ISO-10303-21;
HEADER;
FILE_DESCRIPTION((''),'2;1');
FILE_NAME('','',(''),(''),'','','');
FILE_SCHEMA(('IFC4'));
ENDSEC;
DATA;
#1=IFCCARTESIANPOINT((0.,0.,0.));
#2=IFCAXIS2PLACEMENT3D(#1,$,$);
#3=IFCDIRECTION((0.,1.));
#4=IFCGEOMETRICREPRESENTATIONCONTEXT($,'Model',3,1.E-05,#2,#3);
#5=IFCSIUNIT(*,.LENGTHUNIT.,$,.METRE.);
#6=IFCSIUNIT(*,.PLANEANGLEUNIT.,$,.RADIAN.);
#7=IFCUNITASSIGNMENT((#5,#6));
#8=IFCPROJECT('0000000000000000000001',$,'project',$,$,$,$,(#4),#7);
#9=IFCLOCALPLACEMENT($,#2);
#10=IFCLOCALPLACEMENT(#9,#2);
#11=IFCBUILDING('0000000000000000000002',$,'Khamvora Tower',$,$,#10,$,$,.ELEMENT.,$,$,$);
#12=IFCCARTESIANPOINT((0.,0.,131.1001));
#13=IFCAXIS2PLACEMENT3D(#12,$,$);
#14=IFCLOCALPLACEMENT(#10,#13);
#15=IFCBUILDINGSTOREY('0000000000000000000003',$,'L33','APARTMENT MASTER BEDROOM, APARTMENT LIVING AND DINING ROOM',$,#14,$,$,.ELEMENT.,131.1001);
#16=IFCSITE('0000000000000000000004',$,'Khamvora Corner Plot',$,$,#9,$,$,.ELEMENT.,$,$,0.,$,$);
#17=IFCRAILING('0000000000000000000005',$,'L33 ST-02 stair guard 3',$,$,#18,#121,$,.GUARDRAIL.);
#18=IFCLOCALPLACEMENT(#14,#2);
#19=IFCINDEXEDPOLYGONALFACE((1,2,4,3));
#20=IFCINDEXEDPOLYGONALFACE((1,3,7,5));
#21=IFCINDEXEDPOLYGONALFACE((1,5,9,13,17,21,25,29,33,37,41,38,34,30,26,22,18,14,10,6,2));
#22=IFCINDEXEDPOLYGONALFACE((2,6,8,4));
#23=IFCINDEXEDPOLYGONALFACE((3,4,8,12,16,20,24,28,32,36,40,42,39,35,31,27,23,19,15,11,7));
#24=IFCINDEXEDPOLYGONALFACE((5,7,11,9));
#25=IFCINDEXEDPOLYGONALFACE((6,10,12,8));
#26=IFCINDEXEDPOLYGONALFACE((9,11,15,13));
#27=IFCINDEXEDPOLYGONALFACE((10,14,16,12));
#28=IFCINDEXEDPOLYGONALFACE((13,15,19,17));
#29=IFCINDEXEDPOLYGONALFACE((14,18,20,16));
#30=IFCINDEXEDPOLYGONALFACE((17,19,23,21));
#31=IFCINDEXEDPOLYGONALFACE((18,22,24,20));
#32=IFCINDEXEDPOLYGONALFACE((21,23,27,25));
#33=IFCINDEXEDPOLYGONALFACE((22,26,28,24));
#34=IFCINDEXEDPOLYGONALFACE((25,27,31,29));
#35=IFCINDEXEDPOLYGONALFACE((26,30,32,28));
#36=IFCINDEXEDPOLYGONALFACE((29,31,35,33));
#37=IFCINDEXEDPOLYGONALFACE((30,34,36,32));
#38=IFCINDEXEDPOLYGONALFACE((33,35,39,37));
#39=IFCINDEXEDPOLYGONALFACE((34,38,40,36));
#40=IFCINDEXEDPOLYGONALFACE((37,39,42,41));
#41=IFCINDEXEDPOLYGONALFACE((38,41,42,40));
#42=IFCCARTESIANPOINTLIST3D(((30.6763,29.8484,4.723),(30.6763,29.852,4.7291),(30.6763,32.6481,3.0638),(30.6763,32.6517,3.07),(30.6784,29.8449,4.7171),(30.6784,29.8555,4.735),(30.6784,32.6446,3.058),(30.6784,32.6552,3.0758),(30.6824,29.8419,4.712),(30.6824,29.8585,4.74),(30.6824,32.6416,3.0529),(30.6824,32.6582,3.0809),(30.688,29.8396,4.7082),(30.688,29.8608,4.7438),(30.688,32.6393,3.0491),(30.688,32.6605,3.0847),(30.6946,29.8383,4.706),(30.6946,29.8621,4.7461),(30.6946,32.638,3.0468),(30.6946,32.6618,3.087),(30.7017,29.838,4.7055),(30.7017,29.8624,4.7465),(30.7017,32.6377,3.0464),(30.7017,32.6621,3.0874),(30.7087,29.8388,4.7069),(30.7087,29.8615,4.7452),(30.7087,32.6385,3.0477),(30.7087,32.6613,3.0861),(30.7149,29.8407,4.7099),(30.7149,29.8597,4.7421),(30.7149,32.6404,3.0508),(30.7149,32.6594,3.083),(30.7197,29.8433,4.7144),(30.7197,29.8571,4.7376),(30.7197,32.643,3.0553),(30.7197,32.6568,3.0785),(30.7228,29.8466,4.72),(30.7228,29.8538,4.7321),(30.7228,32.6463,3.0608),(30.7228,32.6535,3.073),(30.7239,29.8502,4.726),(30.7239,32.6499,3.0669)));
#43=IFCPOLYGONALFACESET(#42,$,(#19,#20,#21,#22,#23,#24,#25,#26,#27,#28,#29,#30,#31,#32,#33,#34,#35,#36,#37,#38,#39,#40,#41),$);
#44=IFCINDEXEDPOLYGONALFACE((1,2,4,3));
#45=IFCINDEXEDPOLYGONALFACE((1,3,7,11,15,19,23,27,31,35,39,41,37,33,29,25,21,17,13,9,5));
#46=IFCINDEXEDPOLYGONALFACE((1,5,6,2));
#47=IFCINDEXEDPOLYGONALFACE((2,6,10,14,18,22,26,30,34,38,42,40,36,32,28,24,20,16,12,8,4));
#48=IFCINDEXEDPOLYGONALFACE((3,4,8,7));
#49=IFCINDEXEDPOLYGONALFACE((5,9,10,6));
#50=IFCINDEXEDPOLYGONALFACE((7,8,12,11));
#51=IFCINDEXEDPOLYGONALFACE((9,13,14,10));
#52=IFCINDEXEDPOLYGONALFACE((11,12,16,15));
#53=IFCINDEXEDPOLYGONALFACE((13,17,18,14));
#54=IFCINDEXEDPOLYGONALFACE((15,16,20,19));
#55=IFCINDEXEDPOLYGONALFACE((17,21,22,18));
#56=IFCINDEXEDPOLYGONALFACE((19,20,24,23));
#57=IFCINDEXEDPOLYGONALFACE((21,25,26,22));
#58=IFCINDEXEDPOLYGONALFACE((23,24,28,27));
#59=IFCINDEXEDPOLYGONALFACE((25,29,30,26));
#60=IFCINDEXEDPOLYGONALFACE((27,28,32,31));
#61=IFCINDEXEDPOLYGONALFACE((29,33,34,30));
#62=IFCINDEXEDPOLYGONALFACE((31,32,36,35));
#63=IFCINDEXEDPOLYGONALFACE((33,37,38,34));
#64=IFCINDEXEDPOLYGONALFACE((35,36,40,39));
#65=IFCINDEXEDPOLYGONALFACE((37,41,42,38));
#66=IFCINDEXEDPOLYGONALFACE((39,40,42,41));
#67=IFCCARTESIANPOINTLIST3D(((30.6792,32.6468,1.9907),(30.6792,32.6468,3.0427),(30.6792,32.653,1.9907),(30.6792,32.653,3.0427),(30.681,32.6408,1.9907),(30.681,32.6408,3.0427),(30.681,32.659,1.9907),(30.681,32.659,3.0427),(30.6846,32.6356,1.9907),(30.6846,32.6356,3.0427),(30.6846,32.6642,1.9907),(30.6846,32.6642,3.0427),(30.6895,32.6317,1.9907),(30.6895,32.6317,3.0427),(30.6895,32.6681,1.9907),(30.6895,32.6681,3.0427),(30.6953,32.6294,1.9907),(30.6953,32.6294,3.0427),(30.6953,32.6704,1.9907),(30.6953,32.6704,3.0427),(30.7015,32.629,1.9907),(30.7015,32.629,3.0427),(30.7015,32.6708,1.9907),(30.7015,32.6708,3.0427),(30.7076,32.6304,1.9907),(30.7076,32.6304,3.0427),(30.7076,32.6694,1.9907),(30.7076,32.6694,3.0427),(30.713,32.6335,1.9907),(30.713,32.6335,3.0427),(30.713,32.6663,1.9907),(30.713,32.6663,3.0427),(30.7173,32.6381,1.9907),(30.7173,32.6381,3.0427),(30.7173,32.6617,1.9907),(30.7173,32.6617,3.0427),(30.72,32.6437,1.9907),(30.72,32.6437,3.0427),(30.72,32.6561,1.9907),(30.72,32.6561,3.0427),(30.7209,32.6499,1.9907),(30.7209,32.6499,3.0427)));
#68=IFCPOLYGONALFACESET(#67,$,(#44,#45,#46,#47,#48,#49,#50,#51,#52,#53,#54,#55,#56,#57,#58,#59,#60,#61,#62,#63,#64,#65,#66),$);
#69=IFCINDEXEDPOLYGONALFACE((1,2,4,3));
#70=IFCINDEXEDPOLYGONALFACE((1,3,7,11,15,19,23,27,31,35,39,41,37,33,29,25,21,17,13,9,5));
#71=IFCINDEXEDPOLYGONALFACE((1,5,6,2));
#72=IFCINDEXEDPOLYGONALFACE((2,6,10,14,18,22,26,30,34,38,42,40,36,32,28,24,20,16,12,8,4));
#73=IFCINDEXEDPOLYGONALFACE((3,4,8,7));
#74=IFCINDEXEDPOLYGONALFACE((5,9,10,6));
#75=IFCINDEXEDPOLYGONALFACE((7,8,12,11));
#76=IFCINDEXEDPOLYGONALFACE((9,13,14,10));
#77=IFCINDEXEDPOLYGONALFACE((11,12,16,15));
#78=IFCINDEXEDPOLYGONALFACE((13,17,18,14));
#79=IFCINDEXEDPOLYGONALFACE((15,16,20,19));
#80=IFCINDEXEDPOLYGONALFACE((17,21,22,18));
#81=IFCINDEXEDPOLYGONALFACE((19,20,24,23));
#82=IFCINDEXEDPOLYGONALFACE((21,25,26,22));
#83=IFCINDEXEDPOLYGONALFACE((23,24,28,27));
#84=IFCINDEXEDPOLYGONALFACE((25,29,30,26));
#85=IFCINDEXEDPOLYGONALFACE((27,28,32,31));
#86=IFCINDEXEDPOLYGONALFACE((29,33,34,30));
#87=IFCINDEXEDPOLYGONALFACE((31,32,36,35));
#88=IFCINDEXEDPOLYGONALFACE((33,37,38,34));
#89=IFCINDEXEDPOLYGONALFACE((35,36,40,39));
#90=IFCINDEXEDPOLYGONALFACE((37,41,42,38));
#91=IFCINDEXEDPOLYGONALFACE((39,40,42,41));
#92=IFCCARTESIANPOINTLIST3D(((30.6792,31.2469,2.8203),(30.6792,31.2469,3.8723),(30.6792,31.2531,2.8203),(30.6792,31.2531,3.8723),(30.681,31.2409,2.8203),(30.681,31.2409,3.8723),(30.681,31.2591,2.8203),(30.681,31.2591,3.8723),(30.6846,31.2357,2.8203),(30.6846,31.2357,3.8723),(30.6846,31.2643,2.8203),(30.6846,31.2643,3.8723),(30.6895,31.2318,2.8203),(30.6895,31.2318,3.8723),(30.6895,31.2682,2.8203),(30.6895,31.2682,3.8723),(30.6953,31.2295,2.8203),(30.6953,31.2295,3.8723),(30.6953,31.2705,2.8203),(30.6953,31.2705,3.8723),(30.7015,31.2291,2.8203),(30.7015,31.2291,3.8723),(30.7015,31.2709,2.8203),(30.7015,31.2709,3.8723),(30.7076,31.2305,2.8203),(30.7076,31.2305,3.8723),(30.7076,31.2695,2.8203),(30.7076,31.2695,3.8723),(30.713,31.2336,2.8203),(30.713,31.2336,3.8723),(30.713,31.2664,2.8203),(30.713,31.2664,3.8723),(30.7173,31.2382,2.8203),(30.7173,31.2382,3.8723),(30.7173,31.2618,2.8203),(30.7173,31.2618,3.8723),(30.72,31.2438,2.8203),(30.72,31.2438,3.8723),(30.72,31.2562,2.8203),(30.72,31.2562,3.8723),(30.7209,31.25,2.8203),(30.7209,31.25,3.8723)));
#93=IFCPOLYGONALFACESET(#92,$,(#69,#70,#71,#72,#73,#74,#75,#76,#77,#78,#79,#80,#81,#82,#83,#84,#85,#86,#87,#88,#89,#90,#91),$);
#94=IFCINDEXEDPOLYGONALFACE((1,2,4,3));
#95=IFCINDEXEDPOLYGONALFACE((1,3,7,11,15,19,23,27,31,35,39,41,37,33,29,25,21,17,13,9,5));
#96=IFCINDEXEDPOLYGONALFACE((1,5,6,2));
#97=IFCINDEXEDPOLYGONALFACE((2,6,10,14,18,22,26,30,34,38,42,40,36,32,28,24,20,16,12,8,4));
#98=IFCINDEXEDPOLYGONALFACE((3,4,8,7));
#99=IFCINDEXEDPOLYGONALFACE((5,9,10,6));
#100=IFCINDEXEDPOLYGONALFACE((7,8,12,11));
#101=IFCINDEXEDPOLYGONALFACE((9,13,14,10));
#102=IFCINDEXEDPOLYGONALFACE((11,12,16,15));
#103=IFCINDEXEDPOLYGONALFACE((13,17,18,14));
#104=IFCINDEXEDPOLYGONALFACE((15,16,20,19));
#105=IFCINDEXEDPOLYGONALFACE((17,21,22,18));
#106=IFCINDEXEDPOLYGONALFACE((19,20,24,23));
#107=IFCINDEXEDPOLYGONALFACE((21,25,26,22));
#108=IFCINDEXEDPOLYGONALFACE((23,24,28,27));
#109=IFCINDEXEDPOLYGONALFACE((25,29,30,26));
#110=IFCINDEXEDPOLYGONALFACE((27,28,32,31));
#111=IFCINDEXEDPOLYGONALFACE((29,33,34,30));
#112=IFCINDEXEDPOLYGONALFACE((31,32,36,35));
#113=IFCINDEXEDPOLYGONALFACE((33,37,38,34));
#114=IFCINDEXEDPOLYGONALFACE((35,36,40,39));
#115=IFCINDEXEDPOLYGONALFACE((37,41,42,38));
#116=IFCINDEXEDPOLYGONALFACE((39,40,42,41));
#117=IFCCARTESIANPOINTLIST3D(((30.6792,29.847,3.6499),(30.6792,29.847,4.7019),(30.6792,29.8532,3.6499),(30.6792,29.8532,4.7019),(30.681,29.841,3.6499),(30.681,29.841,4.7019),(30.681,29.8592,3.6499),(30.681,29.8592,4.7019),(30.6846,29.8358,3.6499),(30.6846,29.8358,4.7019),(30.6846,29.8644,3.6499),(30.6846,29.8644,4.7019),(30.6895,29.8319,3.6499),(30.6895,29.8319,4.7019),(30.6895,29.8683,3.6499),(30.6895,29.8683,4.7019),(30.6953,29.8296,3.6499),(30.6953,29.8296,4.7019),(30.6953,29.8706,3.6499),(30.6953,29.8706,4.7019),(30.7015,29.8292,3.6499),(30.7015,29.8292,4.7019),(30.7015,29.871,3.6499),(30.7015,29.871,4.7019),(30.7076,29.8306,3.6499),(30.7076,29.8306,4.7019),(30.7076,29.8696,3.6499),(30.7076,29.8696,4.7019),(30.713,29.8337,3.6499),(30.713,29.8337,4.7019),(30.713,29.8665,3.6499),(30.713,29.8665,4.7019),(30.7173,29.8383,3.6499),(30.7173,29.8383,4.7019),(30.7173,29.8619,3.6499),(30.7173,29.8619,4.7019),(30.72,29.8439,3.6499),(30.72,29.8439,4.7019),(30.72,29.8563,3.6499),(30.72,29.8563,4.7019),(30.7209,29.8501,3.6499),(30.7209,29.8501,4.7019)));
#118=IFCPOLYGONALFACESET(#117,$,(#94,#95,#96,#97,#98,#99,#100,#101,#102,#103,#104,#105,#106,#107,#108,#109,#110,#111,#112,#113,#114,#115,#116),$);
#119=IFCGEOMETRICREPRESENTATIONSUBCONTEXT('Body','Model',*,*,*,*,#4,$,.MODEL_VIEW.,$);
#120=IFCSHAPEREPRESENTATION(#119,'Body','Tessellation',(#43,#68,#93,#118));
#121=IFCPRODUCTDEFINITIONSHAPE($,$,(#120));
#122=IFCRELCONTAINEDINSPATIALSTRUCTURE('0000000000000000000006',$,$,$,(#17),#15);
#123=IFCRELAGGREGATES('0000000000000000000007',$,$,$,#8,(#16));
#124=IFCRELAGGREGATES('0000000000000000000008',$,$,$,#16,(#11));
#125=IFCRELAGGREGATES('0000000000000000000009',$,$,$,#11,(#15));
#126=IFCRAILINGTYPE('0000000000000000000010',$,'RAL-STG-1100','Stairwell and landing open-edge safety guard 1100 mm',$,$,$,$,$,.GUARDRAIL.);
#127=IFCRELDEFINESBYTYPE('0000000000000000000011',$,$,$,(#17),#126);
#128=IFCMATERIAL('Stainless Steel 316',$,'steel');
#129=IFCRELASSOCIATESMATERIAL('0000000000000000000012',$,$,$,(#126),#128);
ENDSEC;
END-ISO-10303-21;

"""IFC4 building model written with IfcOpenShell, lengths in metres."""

from ifc_helpers import new_model, si_unit, direction, frame, origin, origin_2d, place, context, subcontext, project, spatial, circle, extrude, material, type_object, element, save


model = new_model("IFC4")

# Units and contexts
model_context = context("Model", 3, precision=1e-05, world=origin(), true_north=direction((0.0, 1.0)))
body_context = subcontext(model_context, "Body", "Model", "MODEL_VIEW")
ifc_project = project(units=[si_unit("LENGTHUNIT", "METRE"), si_unit("PLANEANGLEUNIT", "RADIAN")], contexts=[model_context])

# Site, building, storey
site_placement = place(None, origin())
site = spatial("IfcSite", under=ifc_project, at=site_placement, Name="Khamvora Corner Plot", CompositionType="ELEMENT", RefElevation=0.0)
building_placement = place(site_placement, origin())
building = spatial("IfcBuilding", under=site, at=building_placement, Name="Khamvora Tower", CompositionType="ELEMENT")
storey_placement = place(building_placement, frame((0.0, 0.0, 131.1001)))
storey = spatial("IfcBuildingStorey", under=building, at=storey_placement, Name="L33", Description="APARTMENT MASTER BEDROOM, APARTMENT LIVING AND DINING ROOM", CompositionType="ELEMENT", Elevation=131.1001)

# Railing
ifc_material_1 = material(Name="Stainless Steel 316", Category="steel")
railing_type_1 = type_object("IfcRailingType", Name="RAL-STG-1100", Description="Stairwell and landing open-edge safety guard 1100 mm", PredefinedType="GUARDRAIL", material=ifc_material_1)
railing_1_placement = place(storey_placement, frame((30.7, 32.6499, 1.9907)))
element("IfcRailing", 1, at=railing_1_placement, inside=storey, type_object=railing_type_1, Name="L33 ST-02 stair guard 3", PredefinedType="GUARDRAIL", context=body_context, shape_type="SweptSolid", body=[
    extrude(circle(Radius=0.0239, at=origin_2d()), frame((0.0, 0.0, 1.0762), z_axis=(0.0, -0.860287, 0.509811), x_axis=(1.0, 0.0, 0.0)), (0.0, 0.0, 1.0), 3.2544),
    extrude(circle(Radius=0.021, at=origin_2d()), origin(), (0.0, 0.0, 1.0), 1.052),
    extrude(circle(Radius=0.021, at=origin_2d()), frame((0.0, -1.3999, 0.8296)), (0.0, 0.0, 1.0), 1.052),
    extrude(circle(Radius=0.021, at=origin_2d()), frame((0.0, -2.7998, 1.6592)), (0.0, 0.0, 1.0), 1.052),
])

save(model, "model.ifc")
